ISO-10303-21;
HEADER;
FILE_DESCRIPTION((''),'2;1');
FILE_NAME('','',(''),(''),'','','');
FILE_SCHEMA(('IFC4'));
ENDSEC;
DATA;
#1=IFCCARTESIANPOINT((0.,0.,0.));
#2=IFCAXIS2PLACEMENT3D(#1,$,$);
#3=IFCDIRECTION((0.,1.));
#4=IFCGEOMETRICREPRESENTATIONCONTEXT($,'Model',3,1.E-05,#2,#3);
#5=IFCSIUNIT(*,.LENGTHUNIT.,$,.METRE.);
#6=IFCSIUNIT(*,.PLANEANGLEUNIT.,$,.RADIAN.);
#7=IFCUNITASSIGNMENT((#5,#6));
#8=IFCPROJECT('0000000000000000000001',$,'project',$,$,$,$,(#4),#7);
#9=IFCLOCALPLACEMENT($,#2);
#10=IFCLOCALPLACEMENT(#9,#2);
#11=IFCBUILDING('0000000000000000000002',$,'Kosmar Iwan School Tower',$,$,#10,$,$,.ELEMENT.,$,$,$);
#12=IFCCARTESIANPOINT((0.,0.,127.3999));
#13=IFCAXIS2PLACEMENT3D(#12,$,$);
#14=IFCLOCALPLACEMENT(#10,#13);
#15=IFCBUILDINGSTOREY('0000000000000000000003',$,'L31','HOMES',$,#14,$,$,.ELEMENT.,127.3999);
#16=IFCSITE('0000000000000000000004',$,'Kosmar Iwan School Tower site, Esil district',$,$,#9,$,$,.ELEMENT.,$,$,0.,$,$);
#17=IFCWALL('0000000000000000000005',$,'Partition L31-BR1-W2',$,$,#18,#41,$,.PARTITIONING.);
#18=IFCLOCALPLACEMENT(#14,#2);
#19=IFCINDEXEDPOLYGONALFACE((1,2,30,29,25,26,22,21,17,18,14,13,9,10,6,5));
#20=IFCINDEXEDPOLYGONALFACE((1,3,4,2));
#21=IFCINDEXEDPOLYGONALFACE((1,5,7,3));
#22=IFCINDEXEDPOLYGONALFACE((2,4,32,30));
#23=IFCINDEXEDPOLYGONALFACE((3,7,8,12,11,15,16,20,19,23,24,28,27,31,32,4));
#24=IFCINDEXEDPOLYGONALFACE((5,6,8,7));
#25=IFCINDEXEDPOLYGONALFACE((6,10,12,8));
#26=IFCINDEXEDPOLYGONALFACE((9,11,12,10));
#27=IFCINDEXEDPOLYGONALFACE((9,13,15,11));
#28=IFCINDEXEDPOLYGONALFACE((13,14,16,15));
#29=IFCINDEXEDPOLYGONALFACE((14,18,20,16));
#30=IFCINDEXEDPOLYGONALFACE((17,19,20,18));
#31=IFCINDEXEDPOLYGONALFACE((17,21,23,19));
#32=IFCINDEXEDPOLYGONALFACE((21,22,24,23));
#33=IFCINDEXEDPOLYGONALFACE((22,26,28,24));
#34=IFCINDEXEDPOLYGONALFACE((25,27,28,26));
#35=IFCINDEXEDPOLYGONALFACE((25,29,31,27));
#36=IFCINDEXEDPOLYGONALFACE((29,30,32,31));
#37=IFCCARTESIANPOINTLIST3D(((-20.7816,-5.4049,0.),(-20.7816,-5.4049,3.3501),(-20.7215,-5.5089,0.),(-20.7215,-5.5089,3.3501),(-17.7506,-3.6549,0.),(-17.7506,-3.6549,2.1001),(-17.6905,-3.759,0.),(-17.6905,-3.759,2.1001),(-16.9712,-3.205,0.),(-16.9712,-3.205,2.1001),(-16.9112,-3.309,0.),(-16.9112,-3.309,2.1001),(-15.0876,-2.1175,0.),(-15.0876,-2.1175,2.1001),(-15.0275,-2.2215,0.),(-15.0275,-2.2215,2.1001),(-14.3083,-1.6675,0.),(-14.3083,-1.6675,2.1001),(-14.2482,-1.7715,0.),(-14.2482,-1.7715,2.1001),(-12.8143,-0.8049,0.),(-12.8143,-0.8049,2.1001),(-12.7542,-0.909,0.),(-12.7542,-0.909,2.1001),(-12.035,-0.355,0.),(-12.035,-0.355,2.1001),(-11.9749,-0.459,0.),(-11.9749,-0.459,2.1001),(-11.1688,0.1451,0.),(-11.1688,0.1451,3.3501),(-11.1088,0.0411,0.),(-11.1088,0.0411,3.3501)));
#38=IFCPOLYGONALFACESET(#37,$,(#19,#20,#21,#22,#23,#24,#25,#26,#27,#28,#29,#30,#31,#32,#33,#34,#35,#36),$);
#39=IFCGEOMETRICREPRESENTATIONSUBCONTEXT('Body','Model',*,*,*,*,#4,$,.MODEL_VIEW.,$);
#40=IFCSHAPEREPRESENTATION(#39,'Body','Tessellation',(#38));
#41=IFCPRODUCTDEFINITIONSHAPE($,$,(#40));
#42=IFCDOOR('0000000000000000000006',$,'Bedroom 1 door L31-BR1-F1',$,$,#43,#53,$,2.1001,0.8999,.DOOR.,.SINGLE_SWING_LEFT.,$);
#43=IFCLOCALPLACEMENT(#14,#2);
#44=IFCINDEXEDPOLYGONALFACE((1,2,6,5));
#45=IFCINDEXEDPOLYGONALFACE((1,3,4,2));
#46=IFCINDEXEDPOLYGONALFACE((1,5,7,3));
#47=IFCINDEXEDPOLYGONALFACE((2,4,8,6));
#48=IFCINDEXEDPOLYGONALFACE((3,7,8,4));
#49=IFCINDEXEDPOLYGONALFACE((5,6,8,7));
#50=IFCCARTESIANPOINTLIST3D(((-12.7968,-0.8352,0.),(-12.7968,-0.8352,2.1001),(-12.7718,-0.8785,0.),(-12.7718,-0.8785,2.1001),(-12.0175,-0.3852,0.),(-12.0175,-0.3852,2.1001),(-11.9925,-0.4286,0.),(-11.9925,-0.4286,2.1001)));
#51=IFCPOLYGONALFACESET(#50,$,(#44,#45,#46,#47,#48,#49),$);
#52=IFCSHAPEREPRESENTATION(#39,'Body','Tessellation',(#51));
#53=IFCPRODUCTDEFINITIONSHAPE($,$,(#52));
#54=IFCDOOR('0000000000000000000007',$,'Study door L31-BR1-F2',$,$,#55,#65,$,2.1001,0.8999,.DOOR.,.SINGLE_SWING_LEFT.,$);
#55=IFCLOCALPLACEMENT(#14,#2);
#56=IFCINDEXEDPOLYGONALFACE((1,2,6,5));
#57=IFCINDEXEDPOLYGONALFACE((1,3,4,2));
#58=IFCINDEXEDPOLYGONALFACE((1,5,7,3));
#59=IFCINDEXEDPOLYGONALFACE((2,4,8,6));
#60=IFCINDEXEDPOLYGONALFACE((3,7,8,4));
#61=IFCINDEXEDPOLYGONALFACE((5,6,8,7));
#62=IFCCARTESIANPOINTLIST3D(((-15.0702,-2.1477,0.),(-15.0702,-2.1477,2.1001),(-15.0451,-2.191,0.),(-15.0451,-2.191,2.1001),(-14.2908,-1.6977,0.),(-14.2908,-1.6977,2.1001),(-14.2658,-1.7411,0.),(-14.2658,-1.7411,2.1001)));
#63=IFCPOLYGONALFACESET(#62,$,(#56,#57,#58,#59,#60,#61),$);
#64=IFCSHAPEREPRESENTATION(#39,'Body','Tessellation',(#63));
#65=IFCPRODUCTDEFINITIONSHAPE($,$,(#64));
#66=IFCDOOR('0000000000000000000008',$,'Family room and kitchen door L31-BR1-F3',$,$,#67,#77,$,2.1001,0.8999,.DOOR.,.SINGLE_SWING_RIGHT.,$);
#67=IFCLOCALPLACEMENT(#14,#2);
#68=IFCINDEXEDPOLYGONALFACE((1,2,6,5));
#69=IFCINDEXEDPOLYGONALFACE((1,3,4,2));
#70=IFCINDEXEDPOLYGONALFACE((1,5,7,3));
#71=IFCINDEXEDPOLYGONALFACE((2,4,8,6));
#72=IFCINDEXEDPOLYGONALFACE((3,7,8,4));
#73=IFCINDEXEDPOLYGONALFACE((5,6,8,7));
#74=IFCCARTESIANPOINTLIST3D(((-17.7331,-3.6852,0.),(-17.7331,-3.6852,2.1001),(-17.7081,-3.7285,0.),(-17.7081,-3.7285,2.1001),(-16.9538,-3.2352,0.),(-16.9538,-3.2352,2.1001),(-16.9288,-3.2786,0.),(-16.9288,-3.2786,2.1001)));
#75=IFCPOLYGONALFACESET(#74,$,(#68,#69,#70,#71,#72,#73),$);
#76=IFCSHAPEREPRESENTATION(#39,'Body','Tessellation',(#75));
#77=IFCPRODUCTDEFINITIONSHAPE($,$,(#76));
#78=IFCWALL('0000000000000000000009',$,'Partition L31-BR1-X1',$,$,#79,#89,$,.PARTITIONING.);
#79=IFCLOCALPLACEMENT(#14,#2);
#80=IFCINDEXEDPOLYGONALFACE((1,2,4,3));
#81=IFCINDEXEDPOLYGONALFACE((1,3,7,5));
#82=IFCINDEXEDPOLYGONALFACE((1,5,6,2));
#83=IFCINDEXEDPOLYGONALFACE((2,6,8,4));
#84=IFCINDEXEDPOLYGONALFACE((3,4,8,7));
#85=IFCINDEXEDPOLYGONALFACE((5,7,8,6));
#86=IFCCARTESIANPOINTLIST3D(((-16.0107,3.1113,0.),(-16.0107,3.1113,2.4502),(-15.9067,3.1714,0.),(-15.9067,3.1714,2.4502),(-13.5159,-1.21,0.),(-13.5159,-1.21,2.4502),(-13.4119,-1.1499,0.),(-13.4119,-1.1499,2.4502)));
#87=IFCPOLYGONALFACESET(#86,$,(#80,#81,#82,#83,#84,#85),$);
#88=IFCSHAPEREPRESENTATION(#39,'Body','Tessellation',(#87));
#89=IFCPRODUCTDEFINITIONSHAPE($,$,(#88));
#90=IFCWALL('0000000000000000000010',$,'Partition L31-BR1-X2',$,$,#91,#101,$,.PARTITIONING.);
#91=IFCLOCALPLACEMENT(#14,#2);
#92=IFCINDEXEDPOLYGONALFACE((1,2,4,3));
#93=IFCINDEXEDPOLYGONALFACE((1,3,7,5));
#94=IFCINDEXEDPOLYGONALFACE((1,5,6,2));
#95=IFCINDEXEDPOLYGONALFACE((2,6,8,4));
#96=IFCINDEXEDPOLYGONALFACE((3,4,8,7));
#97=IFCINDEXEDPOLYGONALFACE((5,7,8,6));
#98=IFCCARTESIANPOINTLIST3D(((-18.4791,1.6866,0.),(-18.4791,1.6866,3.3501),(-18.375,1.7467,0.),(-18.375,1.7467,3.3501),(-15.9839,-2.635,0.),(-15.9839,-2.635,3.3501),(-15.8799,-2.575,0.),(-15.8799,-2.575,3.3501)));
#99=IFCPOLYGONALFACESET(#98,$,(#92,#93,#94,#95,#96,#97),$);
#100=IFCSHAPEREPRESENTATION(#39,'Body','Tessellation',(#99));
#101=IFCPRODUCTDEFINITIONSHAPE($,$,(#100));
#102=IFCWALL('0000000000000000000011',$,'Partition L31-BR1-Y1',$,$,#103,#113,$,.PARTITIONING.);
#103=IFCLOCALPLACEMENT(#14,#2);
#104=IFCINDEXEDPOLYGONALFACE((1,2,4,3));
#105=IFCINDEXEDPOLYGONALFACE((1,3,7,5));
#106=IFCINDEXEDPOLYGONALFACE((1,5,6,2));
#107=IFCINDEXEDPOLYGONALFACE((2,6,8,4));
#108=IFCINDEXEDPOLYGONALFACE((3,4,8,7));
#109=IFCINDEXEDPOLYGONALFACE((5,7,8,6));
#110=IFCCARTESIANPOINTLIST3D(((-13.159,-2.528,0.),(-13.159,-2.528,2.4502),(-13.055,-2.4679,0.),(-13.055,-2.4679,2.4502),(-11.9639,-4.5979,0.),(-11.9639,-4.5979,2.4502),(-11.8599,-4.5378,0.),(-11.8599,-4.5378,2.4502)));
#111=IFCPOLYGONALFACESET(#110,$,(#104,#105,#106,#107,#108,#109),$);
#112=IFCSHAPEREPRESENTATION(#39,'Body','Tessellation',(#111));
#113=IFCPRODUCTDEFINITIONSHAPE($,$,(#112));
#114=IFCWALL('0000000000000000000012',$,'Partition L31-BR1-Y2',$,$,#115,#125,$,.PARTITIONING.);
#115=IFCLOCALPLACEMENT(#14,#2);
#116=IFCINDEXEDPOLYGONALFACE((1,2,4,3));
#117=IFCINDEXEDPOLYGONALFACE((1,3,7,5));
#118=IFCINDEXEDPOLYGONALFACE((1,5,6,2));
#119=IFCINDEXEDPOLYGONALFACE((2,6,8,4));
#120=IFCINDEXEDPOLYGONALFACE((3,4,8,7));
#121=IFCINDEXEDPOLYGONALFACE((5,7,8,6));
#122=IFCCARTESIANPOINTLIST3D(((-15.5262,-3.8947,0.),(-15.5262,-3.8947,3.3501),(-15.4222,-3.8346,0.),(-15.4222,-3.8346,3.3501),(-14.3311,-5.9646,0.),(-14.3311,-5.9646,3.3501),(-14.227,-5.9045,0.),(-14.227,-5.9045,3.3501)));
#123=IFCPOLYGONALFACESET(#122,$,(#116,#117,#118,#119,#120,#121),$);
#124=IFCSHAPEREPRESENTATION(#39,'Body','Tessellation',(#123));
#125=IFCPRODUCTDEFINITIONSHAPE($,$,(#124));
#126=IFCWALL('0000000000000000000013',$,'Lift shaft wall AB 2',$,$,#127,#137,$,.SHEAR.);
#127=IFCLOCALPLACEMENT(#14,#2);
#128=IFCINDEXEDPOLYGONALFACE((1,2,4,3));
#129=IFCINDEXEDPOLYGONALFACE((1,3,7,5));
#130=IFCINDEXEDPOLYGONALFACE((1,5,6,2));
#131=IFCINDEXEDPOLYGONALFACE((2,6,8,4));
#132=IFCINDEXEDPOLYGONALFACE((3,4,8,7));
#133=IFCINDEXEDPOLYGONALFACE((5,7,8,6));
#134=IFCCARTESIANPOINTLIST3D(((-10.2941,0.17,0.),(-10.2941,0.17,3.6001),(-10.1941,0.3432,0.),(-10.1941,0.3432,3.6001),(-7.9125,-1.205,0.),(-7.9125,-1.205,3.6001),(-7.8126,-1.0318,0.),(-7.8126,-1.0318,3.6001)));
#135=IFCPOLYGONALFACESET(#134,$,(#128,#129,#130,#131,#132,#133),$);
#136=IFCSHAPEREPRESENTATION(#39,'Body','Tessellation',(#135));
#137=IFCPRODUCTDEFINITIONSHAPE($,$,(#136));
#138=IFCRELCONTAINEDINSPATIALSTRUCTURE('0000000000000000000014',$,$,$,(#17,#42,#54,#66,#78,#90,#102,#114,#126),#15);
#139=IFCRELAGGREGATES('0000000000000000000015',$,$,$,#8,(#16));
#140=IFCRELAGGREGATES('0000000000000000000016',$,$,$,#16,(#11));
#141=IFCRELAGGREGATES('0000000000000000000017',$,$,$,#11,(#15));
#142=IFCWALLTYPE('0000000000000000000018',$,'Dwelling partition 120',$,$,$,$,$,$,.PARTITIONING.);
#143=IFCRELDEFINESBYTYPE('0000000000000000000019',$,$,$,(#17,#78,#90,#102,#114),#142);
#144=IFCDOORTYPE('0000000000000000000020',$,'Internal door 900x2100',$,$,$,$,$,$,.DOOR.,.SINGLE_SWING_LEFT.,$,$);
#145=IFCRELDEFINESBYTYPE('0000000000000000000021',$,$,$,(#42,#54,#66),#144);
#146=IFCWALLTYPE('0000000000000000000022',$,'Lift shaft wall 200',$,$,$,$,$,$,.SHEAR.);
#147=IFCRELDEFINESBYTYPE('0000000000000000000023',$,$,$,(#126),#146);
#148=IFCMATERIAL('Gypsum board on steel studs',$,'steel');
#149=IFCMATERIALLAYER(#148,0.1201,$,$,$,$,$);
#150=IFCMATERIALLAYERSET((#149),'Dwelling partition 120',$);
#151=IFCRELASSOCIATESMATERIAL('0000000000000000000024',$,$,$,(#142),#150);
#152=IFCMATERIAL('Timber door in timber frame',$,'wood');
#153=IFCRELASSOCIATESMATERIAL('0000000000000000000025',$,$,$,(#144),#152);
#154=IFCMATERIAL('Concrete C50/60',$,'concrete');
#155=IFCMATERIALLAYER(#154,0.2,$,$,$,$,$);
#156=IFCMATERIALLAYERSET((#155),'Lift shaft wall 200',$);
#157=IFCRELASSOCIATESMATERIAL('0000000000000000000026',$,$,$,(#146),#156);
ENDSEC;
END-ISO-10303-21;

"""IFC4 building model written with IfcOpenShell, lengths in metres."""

from ifc_helpers import new_model, si_unit, direction, frame, frame_2d, origin, place, context, subcontext, project, spatial, rectangle, extrude, material, layer, layer_set, type_object, element, fill, save


model = new_model("IFC4")

# Units and contexts
model_context = context("Model", 3, precision=1e-05, world=origin(), true_north=direction((0.0, 1.0)))
body_context = subcontext(model_context, "Body", "Model", "MODEL_VIEW")
ifc_project = project(units=[si_unit("LENGTHUNIT", "METRE"), si_unit("PLANEANGLEUNIT", "RADIAN")], contexts=[model_context])

# Site, building, storey
site_placement = place(None, origin())
site = spatial("IfcSite", under=ifc_project, at=site_placement, Name="Kosmar Iwan School Tower site, Esil district", CompositionType="ELEMENT", RefElevation=0.0)
building_placement = place(site_placement, origin())
building = spatial("IfcBuilding", under=site, at=building_placement, Name="Kosmar Iwan School Tower", CompositionType="ELEMENT")
storey_placement = place(building_placement, frame((0.0, 0.0, 127.3999)))
storey = spatial("IfcBuildingStorey", under=building, at=storey_placement, Name="L31", Description="HOMES", CompositionType="ELEMENT", Elevation=127.3999)

# Wall, openings, doors
ifc_material_1 = material(Name="Gypsum board on steel studs", Category="steel")
ifc_layer_1 = layer(ifc_material_1, 0.1201)
ifc_layer_set_1 = layer_set([ifc_layer_1], Name="Dwelling partition 120")
wall_type_1 = type_object("IfcWallType", Name="Dwelling partition 120", PredefinedType="PARTITIONING", material=ifc_layer_set_1)
ifc_material_2 = material(Name="Timber door in timber frame", Category="wood")
door_type_1 = type_object("IfcDoorType", Name="Internal door 900x2100", OperationType="SINGLE_SWING_LEFT", PredefinedType="DOOR", material=ifc_material_2)
wall_1_placement = place(storey_placement, frame((-11.1389, 0.093, 0.0), z_axis=(0.0, 0.0, 1.0), x_axis=(-0.866021, -0.500007, 0.0)))
wall_1 = element("IfcWall", 1, at=wall_1_placement, inside=storey, type_object=wall_type_1, Name="Partition L31-BR1-W2", PredefinedType="PARTITIONING", context=body_context, shape_type="SweptSolid", body=[
    extrude(rectangle(XDim=11.0999, YDim=0.1201, at=frame_2d((5.5498, 0.0))), origin(), (0.0, 0.0, 1.0), 3.3501),
])
opening_1_placement = place(wall_1_placement, frame((1.0, 0.0, 0.0)))
opening_1 = element("IfcOpeningElement", 2, at=opening_1_placement, cuts=wall_1, PredefinedType="OPENING", context=body_context, shape_type="SweptSolid", body=[
    extrude(rectangle(XDim=0.8999, YDim=2.1001, at=frame_2d((0.45, 1.05))), frame((0.0, 0.072, 0.0), z_axis=(0.0, -1.0, 0.0), x_axis=(1.0, 0.0, 0.0)), (0.0, 0.0, 1.0), 0.144),
])
opening_2_placement = place(wall_1_placement, frame((3.625, 0.0, 0.0)))
opening_2 = element("IfcOpeningElement", 3, at=opening_2_placement, cuts=wall_1, PredefinedType="OPENING", context=body_context, shape_type="SweptSolid", body=[
    extrude(rectangle(XDim=0.8999, YDim=2.1001, at=frame_2d((0.45, 1.05))), frame((0.0, 0.072, 0.0), z_axis=(0.0, -1.0, 0.0), x_axis=(1.0, 0.0, 0.0)), (0.0, 0.0, 1.0), 0.144),
])
opening_3_placement = place(wall_1_placement, frame((6.7, 0.0, 0.0)))
opening_3 = element("IfcOpeningElement", 4, at=opening_3_placement, cuts=wall_1, PredefinedType="OPENING", context=body_context, shape_type="SweptSolid", body=[
    extrude(rectangle(XDim=0.8999, YDim=2.1001, at=frame_2d((0.45, 1.05))), frame((0.0, 0.072, 0.0), z_axis=(0.0, -1.0, 0.0), x_axis=(1.0, 0.0, 0.0)), (0.0, 0.0, 1.0), 0.144),
])
door_1_placement = place(opening_1_placement, origin())
door_1 = element("IfcDoor", 5, at=door_1_placement, inside=storey, type_object=door_type_1, Name="Bedroom 1 door L31-BR1-F1", OperationType="SINGLE_SWING_LEFT", OverallHeight=2.1001, OverallWidth=0.8999, PredefinedType="DOOR", context=body_context, shape_type="SweptSolid", body=[
    extrude(rectangle(XDim=0.8999, YDim=2.1001, at=frame_2d((0.45, 1.05))), frame((0.0, 0.0249, 0.0), z_axis=(0.0, -1.0, 0.0), x_axis=(1.0, 0.0, 0.0)), (0.0, 0.0, 1.0), 0.05),
])
fill(opening_1, door_1)
door_2_placement = place(opening_2_placement, origin())
door_2 = element("IfcDoor", 6, at=door_2_placement, inside=storey, type_object=door_type_1, Name="Study door L31-BR1-F2", OperationType="SINGLE_SWING_LEFT", OverallHeight=2.1001, OverallWidth=0.8999, PredefinedType="DOOR", context=body_context, shape_type="SweptSolid", body=[
    extrude(rectangle(XDim=0.8999, YDim=2.1001, at=frame_2d((0.45, 1.05))), frame((0.0, 0.0249, 0.0), z_axis=(0.0, -1.0, 0.0), x_axis=(1.0, 0.0, 0.0)), (0.0, 0.0, 1.0), 0.05),
])
fill(opening_2, door_2)
door_3_placement = place(opening_3_placement, origin())
door_3 = element("IfcDoor", 7, at=door_3_placement, inside=storey, type_object=door_type_1, Name="Family room and kitchen door L31-BR1-F3", OperationType="SINGLE_SWING_RIGHT", OverallHeight=2.1001, OverallWidth=0.8999, PredefinedType="DOOR", context=body_context, shape_type="SweptSolid", body=[
    extrude(rectangle(XDim=0.8999, YDim=2.1001, at=frame_2d((0.45, 1.05))), frame((0.0, 0.0249, 0.0), z_axis=(0.0, -1.0, 0.0), x_axis=(1.0, 0.0, 0.0)), (0.0, 0.0, 1.0), 0.05),
])
fill(opening_3, door_3)

# Walls
wall_2_placement = place(storey_placement, frame((-13.4639, -1.1799, 0.0), z_axis=(0.0, 0.0, 1.0), x_axis=(-0.499996, 0.866028, 0.0)))
element("IfcWall", 8, at=wall_2_placement, inside=storey, type_object=wall_type_1, Name="Partition L31-BR1-X1", PredefinedType="PARTITIONING", context=body_context, shape_type="SweptSolid", body=[
    extrude(rectangle(XDim=4.9897, YDim=0.1201, at=frame_2d((2.4949, 0.0))), origin(), (0.0, 0.0, 1.0), 2.4502),
])
wall_3_placement = place(storey_placement, frame((-15.9319, -2.605, 0.0), z_axis=(0.0, 0.0, 1.0), x_axis=(-0.500012, 0.866019, 0.0)))
element("IfcWall", 9, at=wall_3_placement, inside=storey, type_object=wall_type_1, Name="Partition L31-BR1-X2", PredefinedType="PARTITIONING", context=body_context, shape_type="SweptSolid", body=[
    extrude(rectangle(XDim=4.9902, YDim=0.1201, at=frame_2d((2.4951, 0.0))), origin(), (0.0, 0.0, 1.0), 3.3501),
])
wall_4_placement = place(storey_placement, frame((-11.9119, -4.5679, 0.0), z_axis=(0.0, 0.0, 1.0), x_axis=(-0.500017, 0.866015, 0.0)))
element("IfcWall", 10, at=wall_4_placement, inside=storey, type_object=wall_type_1, Name="Partition L31-BR1-Y1", PredefinedType="PARTITIONING", context=body_context, shape_type="SweptSolid", body=[
    extrude(rectangle(XDim=2.3901, YDim=0.1201, at=frame_2d((1.1951, 0.0))), origin(), (0.0, 0.0, 1.0), 2.4502),
])
wall_5_placement = place(storey_placement, frame((-14.2791, -5.9346, 0.0), z_axis=(0.0, 0.0, 1.0), x_axis=(-0.500017, 0.866015, 0.0)))
element("IfcWall", 11, at=wall_5_placement, inside=storey, type_object=wall_type_1, Name="Partition L31-BR1-Y2", PredefinedType="PARTITIONING", context=body_context, shape_type="SweptSolid", body=[
    extrude(rectangle(XDim=2.3901, YDim=0.1201, at=frame_2d((1.1951, 0.0))), origin(), (0.0, 0.0, 1.0), 3.3501),
])
ifc_material_3 = material(Name="Concrete C50/60", Category="concrete")
ifc_layer_2 = layer(ifc_material_3, 0.2)
ifc_layer_set_2 = layer_set([ifc_layer_2], Name="Lift shaft wall 200")
wall_type_2 = type_object("IfcWallType", Name="Lift shaft wall 200", PredefinedType="SHEAR", material=ifc_layer_set_2)
wall_6_placement = place(storey_placement, frame((-7.8625, -1.1184, 0.0), z_axis=(0.0, 0.0, 1.0), x_axis=(-0.866027, 0.499997, 0.0)))
element("IfcWall", 12, at=wall_6_placement, inside=storey, type_object=wall_type_2, Name="Lift shaft wall AB 2", PredefinedType="SHEAR", context=body_context, shape_type="SweptSolid", body=[
    extrude(rectangle(XDim=2.75, YDim=0.2, at=frame_2d((1.375, 0.0))), origin(), (0.0, 0.0, 1.0), 3.6001),
])

save(model, "model.ifc")
